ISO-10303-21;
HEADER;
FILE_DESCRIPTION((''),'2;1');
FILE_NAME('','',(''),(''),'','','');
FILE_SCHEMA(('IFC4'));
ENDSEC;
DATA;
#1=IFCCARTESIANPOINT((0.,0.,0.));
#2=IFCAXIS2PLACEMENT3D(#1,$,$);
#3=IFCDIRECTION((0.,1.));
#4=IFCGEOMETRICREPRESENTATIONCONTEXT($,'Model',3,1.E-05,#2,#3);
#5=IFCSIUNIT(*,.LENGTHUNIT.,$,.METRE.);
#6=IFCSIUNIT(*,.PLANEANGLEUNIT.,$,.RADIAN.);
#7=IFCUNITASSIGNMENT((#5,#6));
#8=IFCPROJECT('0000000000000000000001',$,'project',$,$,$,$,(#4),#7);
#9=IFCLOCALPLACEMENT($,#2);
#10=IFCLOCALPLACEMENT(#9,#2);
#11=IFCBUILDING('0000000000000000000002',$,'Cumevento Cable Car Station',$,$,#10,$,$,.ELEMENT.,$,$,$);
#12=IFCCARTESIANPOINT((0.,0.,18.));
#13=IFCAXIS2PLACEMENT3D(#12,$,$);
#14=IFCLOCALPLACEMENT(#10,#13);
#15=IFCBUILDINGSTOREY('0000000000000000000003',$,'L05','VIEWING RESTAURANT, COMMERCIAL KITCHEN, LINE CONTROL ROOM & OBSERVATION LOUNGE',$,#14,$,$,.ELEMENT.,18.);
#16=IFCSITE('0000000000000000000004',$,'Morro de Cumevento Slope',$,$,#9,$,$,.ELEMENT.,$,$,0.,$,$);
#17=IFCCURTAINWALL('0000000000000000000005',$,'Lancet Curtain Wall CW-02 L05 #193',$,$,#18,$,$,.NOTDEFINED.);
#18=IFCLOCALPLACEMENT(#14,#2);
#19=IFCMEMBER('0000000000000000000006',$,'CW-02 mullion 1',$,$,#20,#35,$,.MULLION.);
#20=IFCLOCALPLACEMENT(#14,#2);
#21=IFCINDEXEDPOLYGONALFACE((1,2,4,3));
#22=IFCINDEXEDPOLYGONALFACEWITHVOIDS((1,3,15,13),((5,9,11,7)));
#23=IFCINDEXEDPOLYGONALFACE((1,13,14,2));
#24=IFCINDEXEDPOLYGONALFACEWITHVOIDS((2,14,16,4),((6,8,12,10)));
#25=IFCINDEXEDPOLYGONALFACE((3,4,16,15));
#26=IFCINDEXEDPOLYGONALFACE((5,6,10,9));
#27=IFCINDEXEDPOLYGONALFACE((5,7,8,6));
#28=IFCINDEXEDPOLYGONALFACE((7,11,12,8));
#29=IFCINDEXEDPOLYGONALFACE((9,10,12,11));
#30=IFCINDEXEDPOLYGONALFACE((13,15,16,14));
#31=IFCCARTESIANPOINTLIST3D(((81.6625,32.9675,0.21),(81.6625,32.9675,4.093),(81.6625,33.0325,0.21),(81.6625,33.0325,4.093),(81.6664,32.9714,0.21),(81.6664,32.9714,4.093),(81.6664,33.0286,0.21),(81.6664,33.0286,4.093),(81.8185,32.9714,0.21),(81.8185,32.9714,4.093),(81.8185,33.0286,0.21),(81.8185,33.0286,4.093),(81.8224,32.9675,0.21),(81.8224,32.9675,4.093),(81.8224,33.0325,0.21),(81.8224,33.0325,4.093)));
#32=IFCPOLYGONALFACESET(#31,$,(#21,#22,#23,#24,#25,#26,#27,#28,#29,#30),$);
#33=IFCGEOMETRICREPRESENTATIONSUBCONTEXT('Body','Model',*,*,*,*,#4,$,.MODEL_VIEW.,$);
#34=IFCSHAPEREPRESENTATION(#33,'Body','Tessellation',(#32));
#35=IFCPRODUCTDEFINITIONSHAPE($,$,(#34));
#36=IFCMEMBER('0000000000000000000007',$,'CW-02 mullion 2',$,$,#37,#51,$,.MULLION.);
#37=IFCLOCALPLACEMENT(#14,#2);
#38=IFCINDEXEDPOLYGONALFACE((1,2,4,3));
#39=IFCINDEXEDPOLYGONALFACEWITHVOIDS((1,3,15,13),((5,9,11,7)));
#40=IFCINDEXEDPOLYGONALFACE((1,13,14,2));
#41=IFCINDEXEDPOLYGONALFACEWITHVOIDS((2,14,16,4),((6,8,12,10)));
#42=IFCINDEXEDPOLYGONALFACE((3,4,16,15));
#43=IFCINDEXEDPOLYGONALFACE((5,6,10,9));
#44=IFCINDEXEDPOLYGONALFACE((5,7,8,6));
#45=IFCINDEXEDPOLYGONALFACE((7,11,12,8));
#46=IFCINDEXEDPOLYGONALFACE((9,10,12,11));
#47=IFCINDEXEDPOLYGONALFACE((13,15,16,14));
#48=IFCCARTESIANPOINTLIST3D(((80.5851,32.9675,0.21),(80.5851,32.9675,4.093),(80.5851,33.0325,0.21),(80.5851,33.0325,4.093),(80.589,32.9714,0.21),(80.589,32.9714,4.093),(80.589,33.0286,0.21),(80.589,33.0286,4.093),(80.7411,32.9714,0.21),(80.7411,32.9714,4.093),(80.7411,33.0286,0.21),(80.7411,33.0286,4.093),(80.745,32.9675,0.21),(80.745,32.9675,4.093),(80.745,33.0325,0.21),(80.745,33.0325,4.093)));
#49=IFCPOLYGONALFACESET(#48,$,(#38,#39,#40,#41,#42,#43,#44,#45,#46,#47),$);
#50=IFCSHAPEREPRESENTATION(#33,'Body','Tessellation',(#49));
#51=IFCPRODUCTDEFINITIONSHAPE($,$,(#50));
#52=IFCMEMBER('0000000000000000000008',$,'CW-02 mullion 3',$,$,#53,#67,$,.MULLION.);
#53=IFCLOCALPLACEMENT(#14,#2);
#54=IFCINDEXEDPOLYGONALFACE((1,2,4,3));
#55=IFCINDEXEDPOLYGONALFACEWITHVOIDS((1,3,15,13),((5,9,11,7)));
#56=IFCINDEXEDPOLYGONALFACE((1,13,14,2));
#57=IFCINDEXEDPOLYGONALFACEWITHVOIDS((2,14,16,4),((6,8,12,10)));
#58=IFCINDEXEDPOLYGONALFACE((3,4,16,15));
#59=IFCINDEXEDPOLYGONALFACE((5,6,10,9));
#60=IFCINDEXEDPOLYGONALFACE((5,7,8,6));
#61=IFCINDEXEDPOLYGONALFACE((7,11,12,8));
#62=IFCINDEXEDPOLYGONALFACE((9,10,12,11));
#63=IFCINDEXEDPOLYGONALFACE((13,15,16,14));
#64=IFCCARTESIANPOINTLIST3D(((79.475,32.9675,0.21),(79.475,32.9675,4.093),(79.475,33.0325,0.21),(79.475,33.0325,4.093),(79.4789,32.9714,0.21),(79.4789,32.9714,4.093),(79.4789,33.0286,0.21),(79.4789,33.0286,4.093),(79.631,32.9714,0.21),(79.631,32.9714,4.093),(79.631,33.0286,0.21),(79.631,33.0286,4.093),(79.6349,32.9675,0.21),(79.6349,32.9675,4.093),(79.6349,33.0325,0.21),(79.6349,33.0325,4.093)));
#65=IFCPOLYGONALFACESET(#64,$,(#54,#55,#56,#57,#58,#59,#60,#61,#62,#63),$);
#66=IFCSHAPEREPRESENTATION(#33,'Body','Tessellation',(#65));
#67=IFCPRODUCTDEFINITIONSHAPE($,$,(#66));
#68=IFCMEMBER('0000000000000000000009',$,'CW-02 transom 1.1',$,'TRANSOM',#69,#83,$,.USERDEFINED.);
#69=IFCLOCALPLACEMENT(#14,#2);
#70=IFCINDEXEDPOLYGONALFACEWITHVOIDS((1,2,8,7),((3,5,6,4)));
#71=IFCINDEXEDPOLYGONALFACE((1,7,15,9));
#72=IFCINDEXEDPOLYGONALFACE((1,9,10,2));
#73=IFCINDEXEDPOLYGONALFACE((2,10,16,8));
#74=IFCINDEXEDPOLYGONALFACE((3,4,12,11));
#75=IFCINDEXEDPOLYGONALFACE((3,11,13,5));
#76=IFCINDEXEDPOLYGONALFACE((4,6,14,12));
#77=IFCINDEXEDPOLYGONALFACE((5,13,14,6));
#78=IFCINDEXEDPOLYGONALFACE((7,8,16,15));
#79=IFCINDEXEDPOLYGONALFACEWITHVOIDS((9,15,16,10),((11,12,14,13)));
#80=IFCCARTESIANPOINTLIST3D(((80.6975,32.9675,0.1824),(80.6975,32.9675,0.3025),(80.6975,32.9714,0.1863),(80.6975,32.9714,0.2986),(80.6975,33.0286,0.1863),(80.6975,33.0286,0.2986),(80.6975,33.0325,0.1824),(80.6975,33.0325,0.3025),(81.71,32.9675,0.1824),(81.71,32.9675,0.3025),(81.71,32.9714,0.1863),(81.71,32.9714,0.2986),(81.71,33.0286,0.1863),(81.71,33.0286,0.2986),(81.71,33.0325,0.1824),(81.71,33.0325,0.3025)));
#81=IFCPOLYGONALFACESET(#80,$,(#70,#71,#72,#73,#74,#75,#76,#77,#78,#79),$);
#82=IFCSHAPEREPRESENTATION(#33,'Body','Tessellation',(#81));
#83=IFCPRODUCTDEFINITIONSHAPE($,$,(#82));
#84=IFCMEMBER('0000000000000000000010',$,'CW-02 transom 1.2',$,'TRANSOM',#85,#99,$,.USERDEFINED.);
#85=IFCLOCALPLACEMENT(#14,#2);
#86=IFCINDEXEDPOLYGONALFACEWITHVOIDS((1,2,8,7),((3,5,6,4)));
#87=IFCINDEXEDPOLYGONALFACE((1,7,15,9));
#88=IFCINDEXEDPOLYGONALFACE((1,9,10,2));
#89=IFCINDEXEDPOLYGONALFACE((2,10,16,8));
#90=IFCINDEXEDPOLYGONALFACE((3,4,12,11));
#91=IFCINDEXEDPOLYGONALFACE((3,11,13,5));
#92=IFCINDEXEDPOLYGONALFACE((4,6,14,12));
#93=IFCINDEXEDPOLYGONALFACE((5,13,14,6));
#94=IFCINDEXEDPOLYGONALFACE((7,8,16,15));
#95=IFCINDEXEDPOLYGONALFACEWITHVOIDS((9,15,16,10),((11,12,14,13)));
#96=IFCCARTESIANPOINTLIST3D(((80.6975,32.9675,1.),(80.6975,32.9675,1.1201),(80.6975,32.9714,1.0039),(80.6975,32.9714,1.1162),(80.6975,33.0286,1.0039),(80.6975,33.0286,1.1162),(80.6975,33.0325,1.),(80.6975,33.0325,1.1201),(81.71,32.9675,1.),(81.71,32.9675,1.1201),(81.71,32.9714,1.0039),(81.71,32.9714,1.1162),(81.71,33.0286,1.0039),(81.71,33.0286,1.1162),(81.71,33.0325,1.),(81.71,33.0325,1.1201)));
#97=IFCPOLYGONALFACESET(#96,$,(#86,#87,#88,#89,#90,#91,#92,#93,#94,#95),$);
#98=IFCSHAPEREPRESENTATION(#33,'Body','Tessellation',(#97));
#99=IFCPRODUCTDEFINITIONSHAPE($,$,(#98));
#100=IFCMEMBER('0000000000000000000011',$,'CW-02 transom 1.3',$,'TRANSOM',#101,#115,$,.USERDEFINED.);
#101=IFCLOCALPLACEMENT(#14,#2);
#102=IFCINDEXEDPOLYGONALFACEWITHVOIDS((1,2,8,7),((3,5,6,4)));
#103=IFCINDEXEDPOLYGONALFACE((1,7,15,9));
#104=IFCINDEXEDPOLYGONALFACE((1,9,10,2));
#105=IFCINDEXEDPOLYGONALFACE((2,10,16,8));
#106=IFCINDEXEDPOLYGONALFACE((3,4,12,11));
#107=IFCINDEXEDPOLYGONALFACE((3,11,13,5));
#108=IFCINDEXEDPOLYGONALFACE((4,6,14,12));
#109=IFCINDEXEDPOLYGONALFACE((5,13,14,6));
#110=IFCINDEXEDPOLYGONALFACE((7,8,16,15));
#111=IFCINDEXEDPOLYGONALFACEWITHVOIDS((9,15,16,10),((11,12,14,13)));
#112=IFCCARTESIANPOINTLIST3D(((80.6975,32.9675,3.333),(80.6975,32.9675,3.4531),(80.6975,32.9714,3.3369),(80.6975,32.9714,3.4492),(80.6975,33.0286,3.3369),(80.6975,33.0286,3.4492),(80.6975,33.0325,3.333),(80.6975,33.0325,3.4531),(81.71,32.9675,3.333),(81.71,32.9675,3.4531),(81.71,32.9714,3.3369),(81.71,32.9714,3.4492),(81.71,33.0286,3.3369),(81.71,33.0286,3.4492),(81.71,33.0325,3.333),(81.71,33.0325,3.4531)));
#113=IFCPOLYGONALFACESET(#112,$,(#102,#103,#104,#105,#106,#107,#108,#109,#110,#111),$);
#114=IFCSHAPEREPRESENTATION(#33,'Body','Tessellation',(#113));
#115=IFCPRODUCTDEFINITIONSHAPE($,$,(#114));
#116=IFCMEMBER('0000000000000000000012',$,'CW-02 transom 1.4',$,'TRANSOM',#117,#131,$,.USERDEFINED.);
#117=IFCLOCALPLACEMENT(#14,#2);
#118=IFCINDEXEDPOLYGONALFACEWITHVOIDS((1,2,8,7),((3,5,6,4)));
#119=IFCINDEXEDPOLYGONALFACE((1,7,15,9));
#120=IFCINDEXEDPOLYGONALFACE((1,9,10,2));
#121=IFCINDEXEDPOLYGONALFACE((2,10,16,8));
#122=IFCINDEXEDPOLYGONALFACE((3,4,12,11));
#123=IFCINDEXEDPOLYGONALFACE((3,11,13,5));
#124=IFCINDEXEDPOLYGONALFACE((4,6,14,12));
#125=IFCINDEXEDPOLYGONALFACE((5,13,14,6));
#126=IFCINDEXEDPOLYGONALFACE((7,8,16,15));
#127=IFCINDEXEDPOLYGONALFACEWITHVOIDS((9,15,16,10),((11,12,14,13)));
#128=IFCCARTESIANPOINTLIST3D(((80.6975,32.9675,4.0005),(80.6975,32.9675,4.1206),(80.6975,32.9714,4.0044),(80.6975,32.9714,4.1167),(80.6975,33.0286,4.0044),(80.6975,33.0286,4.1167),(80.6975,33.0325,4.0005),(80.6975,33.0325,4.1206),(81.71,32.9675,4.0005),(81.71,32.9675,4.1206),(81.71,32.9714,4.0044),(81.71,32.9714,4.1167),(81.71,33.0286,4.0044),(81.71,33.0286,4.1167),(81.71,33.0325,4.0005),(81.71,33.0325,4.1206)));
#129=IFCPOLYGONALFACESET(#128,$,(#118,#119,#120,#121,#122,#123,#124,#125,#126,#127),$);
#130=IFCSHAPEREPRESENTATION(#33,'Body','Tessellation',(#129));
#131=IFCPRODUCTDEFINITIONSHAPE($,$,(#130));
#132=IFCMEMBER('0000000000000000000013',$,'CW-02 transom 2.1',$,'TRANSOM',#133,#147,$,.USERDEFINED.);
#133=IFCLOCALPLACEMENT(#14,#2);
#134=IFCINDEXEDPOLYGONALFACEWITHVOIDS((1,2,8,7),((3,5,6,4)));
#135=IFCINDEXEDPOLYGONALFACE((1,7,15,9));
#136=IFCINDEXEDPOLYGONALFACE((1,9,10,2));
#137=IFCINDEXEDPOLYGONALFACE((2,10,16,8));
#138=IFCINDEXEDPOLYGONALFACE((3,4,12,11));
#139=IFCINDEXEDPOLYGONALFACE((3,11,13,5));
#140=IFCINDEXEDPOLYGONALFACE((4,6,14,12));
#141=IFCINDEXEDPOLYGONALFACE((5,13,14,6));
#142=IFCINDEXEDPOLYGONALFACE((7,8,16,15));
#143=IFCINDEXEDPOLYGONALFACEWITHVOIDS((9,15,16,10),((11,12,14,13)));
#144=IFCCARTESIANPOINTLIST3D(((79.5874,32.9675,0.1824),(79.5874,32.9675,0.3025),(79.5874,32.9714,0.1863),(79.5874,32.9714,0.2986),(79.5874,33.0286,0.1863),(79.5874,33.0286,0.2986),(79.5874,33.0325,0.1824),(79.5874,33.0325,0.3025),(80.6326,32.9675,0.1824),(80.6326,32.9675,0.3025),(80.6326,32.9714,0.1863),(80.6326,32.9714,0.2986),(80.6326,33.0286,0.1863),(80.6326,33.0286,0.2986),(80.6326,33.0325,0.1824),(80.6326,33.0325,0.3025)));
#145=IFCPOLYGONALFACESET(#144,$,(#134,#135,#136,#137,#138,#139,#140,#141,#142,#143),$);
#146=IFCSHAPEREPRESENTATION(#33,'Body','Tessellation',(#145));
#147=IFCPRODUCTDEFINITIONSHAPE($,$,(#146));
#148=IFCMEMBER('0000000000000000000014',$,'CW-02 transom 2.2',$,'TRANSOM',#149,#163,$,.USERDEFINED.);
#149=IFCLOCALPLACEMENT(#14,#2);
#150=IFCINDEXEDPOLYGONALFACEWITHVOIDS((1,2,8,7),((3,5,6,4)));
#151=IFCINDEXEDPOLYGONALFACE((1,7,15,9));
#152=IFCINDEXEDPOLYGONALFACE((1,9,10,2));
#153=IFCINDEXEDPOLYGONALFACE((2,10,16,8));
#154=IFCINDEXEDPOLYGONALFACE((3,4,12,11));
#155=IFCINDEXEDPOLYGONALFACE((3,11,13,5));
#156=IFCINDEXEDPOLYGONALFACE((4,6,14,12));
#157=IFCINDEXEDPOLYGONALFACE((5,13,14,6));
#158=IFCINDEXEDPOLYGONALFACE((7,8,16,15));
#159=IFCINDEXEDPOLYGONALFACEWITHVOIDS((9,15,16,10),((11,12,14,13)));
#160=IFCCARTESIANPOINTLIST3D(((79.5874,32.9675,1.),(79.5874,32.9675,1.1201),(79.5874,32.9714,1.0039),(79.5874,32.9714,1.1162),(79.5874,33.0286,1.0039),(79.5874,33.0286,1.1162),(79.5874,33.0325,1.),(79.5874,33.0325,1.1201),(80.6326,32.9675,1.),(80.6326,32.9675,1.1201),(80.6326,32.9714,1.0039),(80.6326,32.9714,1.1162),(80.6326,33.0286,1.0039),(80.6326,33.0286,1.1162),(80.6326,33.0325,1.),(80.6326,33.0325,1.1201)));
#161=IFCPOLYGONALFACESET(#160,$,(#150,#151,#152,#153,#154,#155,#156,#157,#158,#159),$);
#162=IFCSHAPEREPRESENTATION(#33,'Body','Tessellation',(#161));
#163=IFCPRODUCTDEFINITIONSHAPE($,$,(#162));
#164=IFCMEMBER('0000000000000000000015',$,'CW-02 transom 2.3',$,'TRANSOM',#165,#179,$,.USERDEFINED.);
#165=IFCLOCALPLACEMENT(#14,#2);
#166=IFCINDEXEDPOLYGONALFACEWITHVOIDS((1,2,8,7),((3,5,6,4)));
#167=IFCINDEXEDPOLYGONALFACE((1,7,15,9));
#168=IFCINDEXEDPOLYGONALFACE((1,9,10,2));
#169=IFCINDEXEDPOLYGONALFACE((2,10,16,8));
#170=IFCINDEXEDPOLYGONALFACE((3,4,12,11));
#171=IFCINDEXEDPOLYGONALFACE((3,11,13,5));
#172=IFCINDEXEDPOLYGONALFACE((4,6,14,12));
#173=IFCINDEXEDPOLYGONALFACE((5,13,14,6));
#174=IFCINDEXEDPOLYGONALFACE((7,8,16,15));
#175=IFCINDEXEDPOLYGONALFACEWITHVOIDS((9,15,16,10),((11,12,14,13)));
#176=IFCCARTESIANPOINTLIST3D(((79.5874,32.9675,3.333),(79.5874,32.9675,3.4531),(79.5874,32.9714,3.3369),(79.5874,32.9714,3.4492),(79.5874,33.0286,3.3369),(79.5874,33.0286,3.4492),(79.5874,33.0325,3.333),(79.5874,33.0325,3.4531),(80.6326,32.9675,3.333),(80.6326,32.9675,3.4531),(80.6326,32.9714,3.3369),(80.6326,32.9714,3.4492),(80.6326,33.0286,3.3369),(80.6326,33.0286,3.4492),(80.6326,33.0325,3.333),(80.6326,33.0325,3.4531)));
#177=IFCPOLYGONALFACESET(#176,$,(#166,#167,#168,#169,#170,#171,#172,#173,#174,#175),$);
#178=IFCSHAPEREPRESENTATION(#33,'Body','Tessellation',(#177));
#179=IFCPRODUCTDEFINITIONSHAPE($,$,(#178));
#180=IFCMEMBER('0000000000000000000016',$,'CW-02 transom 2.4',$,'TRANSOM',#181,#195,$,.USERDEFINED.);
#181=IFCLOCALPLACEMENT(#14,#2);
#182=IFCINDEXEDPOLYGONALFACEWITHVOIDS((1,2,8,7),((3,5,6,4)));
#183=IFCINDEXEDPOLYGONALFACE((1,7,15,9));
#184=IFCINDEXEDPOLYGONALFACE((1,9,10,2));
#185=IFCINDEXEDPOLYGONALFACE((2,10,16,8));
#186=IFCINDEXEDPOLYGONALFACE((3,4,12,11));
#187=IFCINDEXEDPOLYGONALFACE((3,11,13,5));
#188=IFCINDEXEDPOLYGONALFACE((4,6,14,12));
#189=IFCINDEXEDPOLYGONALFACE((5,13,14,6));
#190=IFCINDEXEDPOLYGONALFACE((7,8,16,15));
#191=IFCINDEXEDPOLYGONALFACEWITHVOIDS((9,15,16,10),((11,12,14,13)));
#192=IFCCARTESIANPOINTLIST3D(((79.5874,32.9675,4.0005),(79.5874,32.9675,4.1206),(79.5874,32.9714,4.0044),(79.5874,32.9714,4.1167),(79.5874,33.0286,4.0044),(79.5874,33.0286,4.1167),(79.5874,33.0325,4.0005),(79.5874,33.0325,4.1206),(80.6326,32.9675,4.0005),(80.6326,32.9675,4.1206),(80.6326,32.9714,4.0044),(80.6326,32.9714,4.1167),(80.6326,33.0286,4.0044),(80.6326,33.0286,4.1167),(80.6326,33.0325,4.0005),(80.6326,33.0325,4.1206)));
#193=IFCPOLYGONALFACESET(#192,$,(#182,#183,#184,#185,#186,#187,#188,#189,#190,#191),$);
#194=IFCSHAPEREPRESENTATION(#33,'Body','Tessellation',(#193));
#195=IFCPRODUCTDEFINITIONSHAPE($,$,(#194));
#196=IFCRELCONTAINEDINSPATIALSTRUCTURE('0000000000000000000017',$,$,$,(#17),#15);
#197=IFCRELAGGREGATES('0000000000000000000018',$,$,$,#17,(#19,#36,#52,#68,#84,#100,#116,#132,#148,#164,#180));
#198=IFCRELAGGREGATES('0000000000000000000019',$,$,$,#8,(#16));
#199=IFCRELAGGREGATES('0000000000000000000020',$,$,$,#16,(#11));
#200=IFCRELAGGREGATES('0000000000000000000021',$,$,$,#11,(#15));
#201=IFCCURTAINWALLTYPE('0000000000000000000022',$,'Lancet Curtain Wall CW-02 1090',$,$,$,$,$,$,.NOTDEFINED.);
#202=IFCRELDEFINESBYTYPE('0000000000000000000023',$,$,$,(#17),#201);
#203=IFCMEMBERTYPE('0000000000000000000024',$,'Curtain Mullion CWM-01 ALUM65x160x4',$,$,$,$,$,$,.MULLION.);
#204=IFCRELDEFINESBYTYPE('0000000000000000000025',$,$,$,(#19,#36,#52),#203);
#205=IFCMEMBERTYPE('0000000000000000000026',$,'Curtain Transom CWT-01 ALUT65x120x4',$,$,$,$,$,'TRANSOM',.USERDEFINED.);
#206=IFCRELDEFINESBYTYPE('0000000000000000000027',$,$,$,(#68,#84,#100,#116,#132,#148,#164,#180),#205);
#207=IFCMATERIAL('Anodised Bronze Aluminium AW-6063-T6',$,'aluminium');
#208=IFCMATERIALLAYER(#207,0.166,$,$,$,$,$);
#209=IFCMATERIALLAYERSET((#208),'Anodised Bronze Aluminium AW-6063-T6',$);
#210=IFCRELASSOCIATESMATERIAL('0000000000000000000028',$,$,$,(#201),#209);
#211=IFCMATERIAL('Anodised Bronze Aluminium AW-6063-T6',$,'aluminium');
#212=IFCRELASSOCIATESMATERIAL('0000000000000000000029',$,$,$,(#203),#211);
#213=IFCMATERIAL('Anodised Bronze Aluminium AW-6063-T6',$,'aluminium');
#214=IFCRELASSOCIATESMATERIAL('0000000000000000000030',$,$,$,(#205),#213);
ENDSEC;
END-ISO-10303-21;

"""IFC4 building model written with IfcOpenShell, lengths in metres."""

from ifc_helpers import new_model, si_unit, direction, frame, origin, origin_2d, place, context, subcontext, project, spatial, hollow_rectangle, extrude, material, layer, layer_set, material_profile, profile_set, type_object, element, aggregate, save


model = new_model("IFC4")

# Units and contexts
model_context = context("Model", 3, precision=1e-05, world=origin(), true_north=direction((0.0, 1.0)))
body_context = subcontext(model_context, "Body", "Model", "MODEL_VIEW")
ifc_project = project(units=[si_unit("LENGTHUNIT", "METRE"), si_unit("PLANEANGLEUNIT", "RADIAN")], contexts=[model_context])

# Site, building, storey
site_placement = place(None, origin())
site = spatial("IfcSite", under=ifc_project, at=site_placement, Name="Morro de Cumevento Slope", CompositionType="ELEMENT", RefElevation=0.0)
building_placement = place(site_placement, origin())
building = spatial("IfcBuilding", under=site, at=building_placement, Name="Cumevento Cable Car Station", CompositionType="ELEMENT")
storey_placement = place(building_placement, frame((0.0, 0.0, 18.0)))
storey = spatial("IfcBuildingStorey", under=building, at=storey_placement, Name="L05", Description="VIEWING RESTAURANT, COMMERCIAL KITCHEN, LINE CONTROL ROOM & OBSERVATION LOUNGE", CompositionType="ELEMENT", Elevation=18.0)

# Curtain wall, members
ifc_material_1 = material(Name="Anodised Bronze Aluminium AW-6063-T6", Category="aluminium")
ifc_layer_1 = layer(ifc_material_1, 0.166)
ifc_layer_set_1 = layer_set([ifc_layer_1], Name="Anodised Bronze Aluminium AW-6063-T6")
curtain_wall_type = type_object("IfcCurtainWallType", Name="Lancet Curtain Wall CW-02 1090", PredefinedType="NOTDEFINED", material=ifc_layer_set_1)
curtain_wall_placement = place(storey_placement, origin())
curtain_wall = element("IfcCurtainWall", 1, at=curtain_wall_placement, inside=storey, type_object=curtain_wall_type, Name="Lancet Curtain Wall CW-02 L05 #193", PredefinedType="NOTDEFINED")
ifc_material_2 = material(Name="Anodised Bronze Aluminium AW-6063-T6", Category="aluminium")
ifc_material_profile_1 = material_profile(ifc_material_2, hollow_rectangle(XDim=0.0649, YDim=0.1599, WallThickness=0.0039, at=origin_2d()), Name="ALUM65x160x4")
ifc_profile_set_1 = profile_set([ifc_material_profile_1], Name="Anodised Bronze Aluminium AW-6063-T6")
member_type_1 = type_object("IfcMemberType", Name="Curtain Mullion CWM-01 ALUM65x160x4", PredefinedType="MULLION", material=ifc_profile_set_1)
member_1_placement = place(storey_placement, frame((81.7424, 33.0, 0.21), z_axis=(0.0, 0.0, 1.0), x_axis=(0.0, -1.0, 0.0)))
member_1 = element("IfcMember", 2, at=member_1_placement, type_object=member_type_1, Name="CW-02 mullion 1", PredefinedType="MULLION", context=body_context, shape_type="SweptSolid", body=[
    extrude(hollow_rectangle(XDim=0.0649, YDim=0.1599, WallThickness=0.0039, at=origin_2d()), origin(), (0.0, 0.0, 1.0), 3.8831),
])
member_2_placement = place(storey_placement, frame((80.665, 33.0, 0.21), z_axis=(0.0, 0.0, 1.0), x_axis=(0.0, -1.0, 0.0)))
member_2 = element("IfcMember", 3, at=member_2_placement, type_object=member_type_1, Name="CW-02 mullion 2", PredefinedType="MULLION", context=body_context, shape_type="SweptSolid", body=[
    extrude(hollow_rectangle(XDim=0.0649, YDim=0.1599, WallThickness=0.0039, at=origin_2d()), origin(), (0.0, 0.0, 1.0), 3.8831),
])
member_3_placement = place(storey_placement, frame((79.5549, 33.0, 0.21), z_axis=(0.0, 0.0, 1.0), x_axis=(0.0, -1.0, 0.0)))
member_3 = element("IfcMember", 4, at=member_3_placement, type_object=member_type_1, Name="CW-02 mullion 3", PredefinedType="MULLION", context=body_context, shape_type="SweptSolid", body=[
    extrude(hollow_rectangle(XDim=0.0649, YDim=0.1599, WallThickness=0.0039, at=origin_2d()), origin(), (0.0, 0.0, 1.0), 3.8831),
])
ifc_material_3 = material(Name="Anodised Bronze Aluminium AW-6063-T6", Category="aluminium")
ifc_material_profile_2 = material_profile(ifc_material_3, hollow_rectangle(XDim=0.0649, YDim=0.1201, WallThickness=0.0039, at=origin_2d()), Name="ALUT65x120x4")
ifc_profile_set_2 = profile_set([ifc_material_profile_2], Name="Anodised Bronze Aluminium AW-6063-T6")
member_type_2 = type_object("IfcMemberType", Name="Curtain Transom CWT-01 ALUT65x120x4", ElementType="TRANSOM", PredefinedType="USERDEFINED", material=ifc_profile_set_2)
member_4_placement = place(storey_placement, frame((81.71, 33.0, 0.2424), z_axis=(-1.0, 0.0, 0.0), x_axis=(0.0, -1.0, 0.0)))
member_4 = element("IfcMember", 5, at=member_4_placement, type_object=member_type_2, Name="CW-02 transom 1.1", ObjectType="TRANSOM", PredefinedType="USERDEFINED", context=body_context, shape_type="SweptSolid", body=[
    extrude(hollow_rectangle(XDim=0.0649, YDim=0.1201, WallThickness=0.0039, at=origin_2d()), origin(), (0.0, 0.0, 1.0), 1.0125),
])
member_5_placement = place(storey_placement, frame((81.71, 33.0, 1.0601), z_axis=(-1.0, 0.0, 0.0), x_axis=(0.0, -1.0, 0.0)))
member_5 = element("IfcMember", 6, at=member_5_placement, type_object=member_type_2, Name="CW-02 transom 1.2", ObjectType="TRANSOM", PredefinedType="USERDEFINED", context=body_context, shape_type="SweptSolid", body=[
    extrude(hollow_rectangle(XDim=0.0649, YDim=0.1201, WallThickness=0.0039, at=origin_2d()), origin(), (0.0, 0.0, 1.0), 1.0125),
])
member_6_placement = place(storey_placement, frame((81.71, 33.0, 3.3931), z_axis=(-1.0, 0.0, 0.0), x_axis=(0.0, -1.0, 0.0)))
member_6 = element("IfcMember", 7, at=member_6_placement, type_object=member_type_2, Name="CW-02 transom 1.3", ObjectType="TRANSOM", PredefinedType="USERDEFINED", context=body_context, shape_type="SweptSolid", body=[
    extrude(hollow_rectangle(XDim=0.0649, YDim=0.1201, WallThickness=0.0039, at=origin_2d()), origin(), (0.0, 0.0, 1.0), 1.0125),
])
member_7_placement = place(storey_placement, frame((81.71, 33.0, 4.0605), z_axis=(-1.0, 0.0, 0.0), x_axis=(0.0, -1.0, 0.0)))
member_7 = element("IfcMember", 8, at=member_7_placement, type_object=member_type_2, Name="CW-02 transom 1.4", ObjectType="TRANSOM", PredefinedType="USERDEFINED", context=body_context, shape_type="SweptSolid", body=[
    extrude(hollow_rectangle(XDim=0.0649, YDim=0.1201, WallThickness=0.0039, at=origin_2d()), origin(), (0.0, 0.0, 1.0), 1.0125),
])
member_8_placement = place(storey_placement, frame((80.6326, 33.0, 0.2424), z_axis=(-1.0, 0.0, 0.0), x_axis=(0.0, -1.0, 0.0)))
member_8 = element("IfcMember", 9, at=member_8_placement, type_object=member_type_2, Name="CW-02 transom 2.1", ObjectType="TRANSOM", PredefinedType="USERDEFINED", context=body_context, shape_type="SweptSolid", body=[
    extrude(hollow_rectangle(XDim=0.0649, YDim=0.1201, WallThickness=0.0039, at=origin_2d()), origin(), (0.0, 0.0, 1.0), 1.0452),
])
member_9_placement = place(storey_placement, frame((80.6326, 33.0, 1.0601), z_axis=(-1.0, 0.0, 0.0), x_axis=(0.0, -1.0, 0.0)))
member_9 = element("IfcMember", 10, at=member_9_placement, type_object=member_type_2, Name="CW-02 transom 2.2", ObjectType="TRANSOM", PredefinedType="USERDEFINED", context=body_context, shape_type="SweptSolid", body=[
    extrude(hollow_rectangle(XDim=0.0649, YDim=0.1201, WallThickness=0.0039, at=origin_2d()), origin(), (0.0, 0.0, 1.0), 1.0452),
])
member_10_placement = place(storey_placement, frame((80.6326, 33.0, 3.3931), z_axis=(-1.0, 0.0, 0.0), x_axis=(0.0, -1.0, 0.0)))
member_10 = element("IfcMember", 11, at=member_10_placement, type_object=member_type_2, Name="CW-02 transom 2.3", ObjectType="TRANSOM", PredefinedType="USERDEFINED", context=body_context, shape_type="SweptSolid", body=[
    extrude(hollow_rectangle(XDim=0.0649, YDim=0.1201, WallThickness=0.0039, at=origin_2d()), origin(), (0.0, 0.0, 1.0), 1.0452),
])
member_11_placement = place(storey_placement, frame((80.6326, 33.0, 4.0605), z_axis=(-1.0, 0.0, 0.0), x_axis=(0.0, -1.0, 0.0)))
member_11 = element("IfcMember", 12, at=member_11_placement, type_object=member_type_2, Name="CW-02 transom 2.4", ObjectType="TRANSOM", PredefinedType="USERDEFINED", context=body_context, shape_type="SweptSolid", body=[
    extrude(hollow_rectangle(XDim=0.0649, YDim=0.1201, WallThickness=0.0039, at=origin_2d()), origin(), (0.0, 0.0, 1.0), 1.0452),
])
aggregate(curtain_wall, [member_1, member_2, member_3, member_4, member_5, member_6, member_7, member_8, member_9, member_10, member_11])

save(model, "model.ifc")
